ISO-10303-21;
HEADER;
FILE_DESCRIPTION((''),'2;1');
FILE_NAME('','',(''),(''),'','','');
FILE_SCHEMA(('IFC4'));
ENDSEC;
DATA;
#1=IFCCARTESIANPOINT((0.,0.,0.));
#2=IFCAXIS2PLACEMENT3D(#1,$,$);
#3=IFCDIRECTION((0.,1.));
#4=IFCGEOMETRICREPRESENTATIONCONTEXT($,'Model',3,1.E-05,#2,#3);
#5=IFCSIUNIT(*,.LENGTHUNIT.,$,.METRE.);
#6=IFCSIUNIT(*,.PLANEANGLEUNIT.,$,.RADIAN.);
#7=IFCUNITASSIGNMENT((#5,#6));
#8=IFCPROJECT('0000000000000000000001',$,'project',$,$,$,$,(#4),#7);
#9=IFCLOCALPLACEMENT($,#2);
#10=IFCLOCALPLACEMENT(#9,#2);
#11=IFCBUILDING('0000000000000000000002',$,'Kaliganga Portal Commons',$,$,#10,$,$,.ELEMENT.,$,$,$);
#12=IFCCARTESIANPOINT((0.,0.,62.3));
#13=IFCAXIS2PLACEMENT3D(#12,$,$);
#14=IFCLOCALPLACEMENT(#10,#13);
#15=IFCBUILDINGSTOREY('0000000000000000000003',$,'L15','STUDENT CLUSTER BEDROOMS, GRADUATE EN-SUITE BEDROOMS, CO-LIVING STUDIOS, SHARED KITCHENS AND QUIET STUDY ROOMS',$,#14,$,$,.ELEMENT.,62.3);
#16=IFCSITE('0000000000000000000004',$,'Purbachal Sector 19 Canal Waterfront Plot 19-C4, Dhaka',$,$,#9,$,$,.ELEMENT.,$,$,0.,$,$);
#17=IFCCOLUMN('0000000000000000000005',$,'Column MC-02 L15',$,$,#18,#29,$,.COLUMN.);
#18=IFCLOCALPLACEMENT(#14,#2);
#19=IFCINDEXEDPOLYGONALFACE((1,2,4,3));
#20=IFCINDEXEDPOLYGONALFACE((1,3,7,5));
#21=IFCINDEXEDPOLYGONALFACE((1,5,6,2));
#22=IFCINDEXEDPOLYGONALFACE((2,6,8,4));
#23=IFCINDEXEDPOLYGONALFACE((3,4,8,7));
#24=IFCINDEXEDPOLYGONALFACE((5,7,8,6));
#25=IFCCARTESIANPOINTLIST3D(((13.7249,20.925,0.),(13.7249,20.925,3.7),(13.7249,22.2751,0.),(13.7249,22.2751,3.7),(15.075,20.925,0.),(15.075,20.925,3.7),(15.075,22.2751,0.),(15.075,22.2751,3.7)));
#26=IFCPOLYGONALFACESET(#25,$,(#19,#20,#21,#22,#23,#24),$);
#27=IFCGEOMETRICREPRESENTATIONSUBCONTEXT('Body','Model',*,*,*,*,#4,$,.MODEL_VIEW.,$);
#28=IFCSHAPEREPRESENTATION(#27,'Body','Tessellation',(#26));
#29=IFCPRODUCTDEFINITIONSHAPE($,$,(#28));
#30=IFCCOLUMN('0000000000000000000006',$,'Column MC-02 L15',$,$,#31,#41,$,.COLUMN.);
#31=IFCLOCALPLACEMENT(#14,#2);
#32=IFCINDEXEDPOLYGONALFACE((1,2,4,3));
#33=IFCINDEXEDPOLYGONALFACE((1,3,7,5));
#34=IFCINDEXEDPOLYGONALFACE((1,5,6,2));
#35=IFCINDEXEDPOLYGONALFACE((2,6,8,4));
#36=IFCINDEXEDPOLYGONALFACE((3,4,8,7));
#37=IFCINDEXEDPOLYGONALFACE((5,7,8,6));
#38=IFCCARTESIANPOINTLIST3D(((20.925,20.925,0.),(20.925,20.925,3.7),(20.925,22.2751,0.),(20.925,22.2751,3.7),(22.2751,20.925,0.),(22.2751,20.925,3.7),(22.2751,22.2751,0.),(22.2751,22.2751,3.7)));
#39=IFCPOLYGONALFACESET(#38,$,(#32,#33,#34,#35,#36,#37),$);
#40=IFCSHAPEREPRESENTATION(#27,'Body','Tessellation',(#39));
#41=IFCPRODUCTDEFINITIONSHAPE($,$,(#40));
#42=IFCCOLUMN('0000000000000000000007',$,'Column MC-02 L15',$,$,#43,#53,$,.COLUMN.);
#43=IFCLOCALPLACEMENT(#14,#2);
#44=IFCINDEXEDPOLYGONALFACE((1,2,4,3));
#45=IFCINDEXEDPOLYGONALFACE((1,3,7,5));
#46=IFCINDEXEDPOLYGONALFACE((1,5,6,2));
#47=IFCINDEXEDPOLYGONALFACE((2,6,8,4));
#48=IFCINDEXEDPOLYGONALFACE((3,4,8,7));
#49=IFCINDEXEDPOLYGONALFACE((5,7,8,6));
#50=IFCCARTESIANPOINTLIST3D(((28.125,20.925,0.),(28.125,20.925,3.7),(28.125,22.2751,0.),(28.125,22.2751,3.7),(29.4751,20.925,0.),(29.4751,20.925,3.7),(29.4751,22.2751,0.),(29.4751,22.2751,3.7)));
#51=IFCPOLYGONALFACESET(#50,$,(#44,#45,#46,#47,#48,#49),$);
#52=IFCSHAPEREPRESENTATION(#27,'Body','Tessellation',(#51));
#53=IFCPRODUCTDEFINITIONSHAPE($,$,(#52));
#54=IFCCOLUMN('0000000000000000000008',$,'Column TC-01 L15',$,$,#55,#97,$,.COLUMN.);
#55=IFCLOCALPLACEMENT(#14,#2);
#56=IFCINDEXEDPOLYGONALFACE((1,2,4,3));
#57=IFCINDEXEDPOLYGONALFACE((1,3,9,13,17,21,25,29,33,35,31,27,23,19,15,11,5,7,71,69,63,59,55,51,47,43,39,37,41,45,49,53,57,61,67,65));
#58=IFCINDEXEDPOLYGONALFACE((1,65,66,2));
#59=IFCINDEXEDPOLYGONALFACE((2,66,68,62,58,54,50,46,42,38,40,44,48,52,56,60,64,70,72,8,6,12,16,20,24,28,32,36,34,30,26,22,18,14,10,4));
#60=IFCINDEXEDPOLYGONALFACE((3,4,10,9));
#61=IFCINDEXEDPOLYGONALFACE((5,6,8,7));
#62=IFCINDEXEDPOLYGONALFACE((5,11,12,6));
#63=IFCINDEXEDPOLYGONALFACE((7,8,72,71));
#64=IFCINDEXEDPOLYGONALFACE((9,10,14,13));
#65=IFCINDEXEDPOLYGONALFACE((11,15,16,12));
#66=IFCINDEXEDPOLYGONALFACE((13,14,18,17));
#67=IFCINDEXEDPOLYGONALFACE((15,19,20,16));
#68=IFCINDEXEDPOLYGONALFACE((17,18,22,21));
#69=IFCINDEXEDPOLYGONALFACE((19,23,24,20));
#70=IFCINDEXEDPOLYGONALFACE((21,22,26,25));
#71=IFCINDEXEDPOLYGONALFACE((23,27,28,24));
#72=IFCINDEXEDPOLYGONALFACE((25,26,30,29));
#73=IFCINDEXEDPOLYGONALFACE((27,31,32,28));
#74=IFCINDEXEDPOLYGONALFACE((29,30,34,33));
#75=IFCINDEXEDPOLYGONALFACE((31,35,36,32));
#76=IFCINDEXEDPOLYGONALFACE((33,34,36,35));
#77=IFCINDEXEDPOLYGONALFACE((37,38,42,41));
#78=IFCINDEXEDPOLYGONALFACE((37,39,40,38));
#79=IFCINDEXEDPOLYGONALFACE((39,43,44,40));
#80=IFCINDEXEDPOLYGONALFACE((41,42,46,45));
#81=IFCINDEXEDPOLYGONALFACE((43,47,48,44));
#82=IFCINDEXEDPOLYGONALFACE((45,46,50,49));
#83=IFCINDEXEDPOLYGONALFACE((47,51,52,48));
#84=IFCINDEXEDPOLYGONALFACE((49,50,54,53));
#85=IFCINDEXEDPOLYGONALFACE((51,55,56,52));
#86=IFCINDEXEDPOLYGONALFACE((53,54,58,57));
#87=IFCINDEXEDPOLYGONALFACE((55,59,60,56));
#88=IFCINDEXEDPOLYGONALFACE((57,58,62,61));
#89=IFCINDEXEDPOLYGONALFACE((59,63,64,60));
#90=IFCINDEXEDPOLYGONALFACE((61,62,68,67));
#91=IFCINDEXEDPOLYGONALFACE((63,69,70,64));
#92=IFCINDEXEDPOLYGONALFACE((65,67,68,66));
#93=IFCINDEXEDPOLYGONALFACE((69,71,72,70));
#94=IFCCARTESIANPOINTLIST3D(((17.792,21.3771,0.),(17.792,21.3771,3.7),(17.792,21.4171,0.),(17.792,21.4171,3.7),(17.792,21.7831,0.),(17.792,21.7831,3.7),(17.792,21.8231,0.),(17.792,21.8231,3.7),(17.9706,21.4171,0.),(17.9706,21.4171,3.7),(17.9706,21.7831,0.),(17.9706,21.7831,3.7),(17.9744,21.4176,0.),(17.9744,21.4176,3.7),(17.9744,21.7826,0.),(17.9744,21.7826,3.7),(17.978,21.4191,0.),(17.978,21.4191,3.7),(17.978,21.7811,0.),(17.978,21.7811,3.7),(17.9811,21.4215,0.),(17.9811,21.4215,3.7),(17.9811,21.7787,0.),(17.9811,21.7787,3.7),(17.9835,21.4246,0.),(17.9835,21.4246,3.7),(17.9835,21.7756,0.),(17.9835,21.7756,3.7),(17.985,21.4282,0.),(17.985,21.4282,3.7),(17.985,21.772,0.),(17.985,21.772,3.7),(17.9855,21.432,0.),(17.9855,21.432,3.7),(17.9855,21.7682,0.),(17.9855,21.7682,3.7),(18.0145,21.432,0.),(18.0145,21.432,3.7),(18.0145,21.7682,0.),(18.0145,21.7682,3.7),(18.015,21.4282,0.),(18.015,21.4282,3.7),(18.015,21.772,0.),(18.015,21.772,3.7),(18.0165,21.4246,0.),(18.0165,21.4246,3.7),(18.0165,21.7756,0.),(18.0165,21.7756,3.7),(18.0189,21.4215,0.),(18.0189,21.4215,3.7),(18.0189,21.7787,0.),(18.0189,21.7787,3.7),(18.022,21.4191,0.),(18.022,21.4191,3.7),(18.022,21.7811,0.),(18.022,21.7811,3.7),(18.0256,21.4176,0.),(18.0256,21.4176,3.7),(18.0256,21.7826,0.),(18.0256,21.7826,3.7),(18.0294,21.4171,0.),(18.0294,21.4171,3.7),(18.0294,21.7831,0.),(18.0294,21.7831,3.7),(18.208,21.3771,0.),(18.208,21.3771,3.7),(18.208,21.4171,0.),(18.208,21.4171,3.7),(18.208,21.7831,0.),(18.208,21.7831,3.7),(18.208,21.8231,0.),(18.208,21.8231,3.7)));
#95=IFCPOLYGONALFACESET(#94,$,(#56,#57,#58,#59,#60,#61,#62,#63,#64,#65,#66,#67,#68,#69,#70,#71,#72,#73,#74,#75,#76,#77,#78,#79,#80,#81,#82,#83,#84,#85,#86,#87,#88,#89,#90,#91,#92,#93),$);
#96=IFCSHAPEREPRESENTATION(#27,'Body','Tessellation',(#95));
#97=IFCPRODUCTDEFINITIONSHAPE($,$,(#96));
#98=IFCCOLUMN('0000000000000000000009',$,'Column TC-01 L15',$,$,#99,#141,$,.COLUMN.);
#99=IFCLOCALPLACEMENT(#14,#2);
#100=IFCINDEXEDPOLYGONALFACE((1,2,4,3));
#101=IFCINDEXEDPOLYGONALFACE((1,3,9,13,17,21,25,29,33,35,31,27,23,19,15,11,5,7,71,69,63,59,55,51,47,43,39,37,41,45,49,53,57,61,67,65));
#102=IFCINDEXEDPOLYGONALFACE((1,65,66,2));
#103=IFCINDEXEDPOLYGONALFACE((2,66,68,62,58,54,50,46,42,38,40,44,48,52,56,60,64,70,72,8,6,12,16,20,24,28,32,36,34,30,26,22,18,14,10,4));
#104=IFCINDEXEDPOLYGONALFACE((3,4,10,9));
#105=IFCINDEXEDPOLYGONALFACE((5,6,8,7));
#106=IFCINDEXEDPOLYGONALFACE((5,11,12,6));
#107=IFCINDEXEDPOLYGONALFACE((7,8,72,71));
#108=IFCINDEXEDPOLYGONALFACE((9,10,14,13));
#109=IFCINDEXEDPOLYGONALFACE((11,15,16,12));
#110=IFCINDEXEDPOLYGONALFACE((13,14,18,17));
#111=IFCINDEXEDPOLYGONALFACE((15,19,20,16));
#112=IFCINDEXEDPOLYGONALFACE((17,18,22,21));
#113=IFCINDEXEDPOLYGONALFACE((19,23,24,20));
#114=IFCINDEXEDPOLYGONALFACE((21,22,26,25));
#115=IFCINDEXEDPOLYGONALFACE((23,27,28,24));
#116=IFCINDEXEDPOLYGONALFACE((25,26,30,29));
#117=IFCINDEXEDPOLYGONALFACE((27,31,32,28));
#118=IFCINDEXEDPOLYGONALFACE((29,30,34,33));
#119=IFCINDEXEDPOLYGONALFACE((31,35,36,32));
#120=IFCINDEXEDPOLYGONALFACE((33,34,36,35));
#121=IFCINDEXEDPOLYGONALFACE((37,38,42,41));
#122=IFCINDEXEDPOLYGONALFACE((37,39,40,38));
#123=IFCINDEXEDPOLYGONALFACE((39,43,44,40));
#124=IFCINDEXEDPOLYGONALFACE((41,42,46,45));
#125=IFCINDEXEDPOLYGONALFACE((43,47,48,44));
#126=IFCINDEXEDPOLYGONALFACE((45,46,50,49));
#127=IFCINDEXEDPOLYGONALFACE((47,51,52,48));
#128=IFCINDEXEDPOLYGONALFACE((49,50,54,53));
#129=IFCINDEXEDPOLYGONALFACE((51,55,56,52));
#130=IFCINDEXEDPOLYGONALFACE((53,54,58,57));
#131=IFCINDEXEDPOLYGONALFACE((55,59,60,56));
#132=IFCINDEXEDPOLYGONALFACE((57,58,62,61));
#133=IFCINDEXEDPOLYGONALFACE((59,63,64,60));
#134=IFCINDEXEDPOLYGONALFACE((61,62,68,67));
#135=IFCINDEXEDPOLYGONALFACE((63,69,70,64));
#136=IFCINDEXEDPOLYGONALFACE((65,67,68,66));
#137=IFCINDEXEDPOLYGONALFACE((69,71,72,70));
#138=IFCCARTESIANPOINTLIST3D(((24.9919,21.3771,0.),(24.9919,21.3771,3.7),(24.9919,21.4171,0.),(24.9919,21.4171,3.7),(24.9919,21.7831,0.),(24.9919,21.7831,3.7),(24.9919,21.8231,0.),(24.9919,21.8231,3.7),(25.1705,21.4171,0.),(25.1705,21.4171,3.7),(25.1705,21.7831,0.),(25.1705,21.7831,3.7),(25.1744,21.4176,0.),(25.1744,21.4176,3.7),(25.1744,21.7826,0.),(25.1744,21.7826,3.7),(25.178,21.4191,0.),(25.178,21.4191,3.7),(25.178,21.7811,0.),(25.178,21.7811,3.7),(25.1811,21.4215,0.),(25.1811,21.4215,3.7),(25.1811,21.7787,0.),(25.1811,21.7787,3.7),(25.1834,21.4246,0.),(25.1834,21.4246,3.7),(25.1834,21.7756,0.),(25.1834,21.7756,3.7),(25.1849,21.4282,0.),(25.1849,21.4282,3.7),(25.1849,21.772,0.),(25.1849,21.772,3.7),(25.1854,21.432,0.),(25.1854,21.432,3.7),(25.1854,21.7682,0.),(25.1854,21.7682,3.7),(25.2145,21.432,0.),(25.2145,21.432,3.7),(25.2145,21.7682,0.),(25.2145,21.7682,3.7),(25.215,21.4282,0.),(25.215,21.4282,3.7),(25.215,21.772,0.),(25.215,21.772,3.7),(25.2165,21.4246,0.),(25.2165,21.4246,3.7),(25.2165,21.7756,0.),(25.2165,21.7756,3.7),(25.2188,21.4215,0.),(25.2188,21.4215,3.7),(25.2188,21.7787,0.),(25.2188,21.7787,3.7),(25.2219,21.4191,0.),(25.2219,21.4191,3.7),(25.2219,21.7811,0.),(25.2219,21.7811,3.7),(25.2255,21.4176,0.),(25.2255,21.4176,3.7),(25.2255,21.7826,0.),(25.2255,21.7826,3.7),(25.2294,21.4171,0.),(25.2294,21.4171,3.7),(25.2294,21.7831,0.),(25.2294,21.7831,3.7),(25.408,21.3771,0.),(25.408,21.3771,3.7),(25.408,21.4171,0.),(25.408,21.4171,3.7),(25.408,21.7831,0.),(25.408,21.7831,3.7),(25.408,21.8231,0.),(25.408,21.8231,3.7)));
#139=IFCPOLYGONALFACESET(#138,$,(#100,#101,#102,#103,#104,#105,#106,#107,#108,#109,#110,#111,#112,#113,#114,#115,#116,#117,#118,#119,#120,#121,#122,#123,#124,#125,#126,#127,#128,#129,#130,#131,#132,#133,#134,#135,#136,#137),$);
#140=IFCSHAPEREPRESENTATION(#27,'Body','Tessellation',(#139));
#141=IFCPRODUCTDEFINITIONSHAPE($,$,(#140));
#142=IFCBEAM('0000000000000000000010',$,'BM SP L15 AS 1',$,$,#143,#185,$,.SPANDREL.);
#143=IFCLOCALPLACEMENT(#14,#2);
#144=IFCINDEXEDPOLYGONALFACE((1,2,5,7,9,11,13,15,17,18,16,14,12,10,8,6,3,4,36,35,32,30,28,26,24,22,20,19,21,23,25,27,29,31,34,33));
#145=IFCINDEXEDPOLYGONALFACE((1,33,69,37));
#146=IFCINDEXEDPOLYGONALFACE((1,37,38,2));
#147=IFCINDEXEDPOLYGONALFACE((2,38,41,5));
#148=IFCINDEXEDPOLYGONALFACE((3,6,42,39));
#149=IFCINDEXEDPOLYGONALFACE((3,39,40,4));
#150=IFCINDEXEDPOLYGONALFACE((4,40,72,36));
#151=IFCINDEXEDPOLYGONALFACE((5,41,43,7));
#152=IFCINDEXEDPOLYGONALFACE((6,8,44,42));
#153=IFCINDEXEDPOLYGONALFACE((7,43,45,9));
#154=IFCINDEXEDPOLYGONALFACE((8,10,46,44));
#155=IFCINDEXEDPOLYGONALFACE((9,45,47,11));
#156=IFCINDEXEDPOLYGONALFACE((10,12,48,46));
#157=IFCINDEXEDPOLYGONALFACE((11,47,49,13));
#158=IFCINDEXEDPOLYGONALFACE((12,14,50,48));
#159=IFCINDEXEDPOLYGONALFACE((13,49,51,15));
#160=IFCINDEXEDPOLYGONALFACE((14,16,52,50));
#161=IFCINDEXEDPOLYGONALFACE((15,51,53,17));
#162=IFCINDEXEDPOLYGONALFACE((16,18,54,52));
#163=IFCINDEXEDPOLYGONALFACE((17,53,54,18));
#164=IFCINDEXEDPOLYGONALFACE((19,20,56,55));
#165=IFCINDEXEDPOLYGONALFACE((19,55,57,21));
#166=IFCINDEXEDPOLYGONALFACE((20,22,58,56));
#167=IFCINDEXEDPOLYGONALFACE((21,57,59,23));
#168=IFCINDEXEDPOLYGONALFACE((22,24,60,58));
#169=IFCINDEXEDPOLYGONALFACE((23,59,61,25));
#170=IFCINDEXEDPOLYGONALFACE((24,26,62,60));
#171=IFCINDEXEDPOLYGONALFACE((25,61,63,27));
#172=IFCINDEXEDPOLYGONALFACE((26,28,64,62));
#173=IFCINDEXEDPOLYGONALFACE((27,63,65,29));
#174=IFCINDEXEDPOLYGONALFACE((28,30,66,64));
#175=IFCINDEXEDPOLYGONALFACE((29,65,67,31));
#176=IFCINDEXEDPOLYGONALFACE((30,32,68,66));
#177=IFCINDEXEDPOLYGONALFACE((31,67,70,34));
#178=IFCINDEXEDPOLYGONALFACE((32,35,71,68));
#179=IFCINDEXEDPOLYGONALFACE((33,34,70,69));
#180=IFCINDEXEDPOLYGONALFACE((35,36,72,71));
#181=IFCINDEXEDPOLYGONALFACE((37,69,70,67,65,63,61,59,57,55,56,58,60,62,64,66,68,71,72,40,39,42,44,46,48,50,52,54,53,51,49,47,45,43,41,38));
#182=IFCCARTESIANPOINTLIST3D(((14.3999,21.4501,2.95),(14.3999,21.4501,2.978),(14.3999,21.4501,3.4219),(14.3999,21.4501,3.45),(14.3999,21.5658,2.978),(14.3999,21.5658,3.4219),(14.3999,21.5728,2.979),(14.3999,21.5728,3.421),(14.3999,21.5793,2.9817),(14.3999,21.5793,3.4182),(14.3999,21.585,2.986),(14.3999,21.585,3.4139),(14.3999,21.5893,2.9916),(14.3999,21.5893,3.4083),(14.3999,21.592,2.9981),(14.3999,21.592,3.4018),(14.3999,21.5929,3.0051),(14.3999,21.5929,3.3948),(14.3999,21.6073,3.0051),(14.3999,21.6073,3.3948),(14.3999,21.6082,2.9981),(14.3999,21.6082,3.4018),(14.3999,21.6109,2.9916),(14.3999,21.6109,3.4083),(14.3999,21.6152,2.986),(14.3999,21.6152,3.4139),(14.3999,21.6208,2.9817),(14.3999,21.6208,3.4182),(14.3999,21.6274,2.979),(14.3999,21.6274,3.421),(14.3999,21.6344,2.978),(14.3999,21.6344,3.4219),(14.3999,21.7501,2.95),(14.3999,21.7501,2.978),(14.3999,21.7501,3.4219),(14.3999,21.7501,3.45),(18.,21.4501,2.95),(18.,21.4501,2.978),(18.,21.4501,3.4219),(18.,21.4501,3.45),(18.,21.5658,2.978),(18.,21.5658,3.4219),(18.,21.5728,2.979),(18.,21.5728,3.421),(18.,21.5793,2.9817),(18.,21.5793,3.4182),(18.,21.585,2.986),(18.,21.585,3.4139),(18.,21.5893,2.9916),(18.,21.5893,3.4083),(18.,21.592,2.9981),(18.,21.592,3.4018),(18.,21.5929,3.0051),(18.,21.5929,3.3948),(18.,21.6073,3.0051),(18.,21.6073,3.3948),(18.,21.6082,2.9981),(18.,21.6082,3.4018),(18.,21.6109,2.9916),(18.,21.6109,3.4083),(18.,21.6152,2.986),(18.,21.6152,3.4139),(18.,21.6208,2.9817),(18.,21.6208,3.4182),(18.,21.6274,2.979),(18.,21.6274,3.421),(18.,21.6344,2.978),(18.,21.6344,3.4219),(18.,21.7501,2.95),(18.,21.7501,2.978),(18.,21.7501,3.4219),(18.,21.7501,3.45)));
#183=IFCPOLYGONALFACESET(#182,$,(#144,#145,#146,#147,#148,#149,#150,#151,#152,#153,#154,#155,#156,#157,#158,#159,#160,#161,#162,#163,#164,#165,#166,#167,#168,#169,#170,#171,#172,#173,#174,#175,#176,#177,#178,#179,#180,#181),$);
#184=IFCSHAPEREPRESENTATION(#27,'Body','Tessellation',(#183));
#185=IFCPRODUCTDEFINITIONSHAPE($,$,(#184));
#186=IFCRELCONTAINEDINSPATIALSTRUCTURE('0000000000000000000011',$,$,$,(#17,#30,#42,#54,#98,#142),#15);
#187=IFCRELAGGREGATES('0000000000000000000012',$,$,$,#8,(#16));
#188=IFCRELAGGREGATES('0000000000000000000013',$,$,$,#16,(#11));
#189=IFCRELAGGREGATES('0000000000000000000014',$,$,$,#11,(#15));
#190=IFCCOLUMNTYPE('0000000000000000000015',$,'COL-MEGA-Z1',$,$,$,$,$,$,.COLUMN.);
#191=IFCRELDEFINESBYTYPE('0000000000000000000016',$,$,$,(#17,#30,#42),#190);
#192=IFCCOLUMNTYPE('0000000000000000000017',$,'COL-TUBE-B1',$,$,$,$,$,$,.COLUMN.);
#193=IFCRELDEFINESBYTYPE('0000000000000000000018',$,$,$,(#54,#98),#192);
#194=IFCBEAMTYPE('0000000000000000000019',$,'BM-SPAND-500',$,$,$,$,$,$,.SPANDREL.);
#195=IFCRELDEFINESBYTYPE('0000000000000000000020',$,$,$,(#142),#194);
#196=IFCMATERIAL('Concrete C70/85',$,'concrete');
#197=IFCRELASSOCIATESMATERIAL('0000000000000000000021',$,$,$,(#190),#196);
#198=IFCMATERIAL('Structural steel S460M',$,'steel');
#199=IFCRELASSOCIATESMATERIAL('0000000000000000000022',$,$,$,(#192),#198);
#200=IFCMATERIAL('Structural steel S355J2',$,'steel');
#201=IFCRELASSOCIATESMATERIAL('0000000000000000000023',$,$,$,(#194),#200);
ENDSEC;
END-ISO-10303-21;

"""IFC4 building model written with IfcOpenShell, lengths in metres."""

from ifc_helpers import new_model, si_unit, direction, frame, origin, origin_2d, place, context, subcontext, project, spatial, rectangle, i_section, extrude, source, transform, mapped, material, material_profile, profile_set, type_object, element, save


model = new_model("IFC4")

# Units and contexts
model_context = context("Model", 3, precision=1e-05, world=origin(), true_north=direction((0.0, 1.0)))
body_context = subcontext(model_context, "Body", "Model", "MODEL_VIEW")
ifc_project = project(units=[si_unit("LENGTHUNIT", "METRE"), si_unit("PLANEANGLEUNIT", "RADIAN")], contexts=[model_context])

# Site, building, storey
site_placement = place(None, origin())
site = spatial("IfcSite", under=ifc_project, at=site_placement, Name="Purbachal Sector 19 Canal Waterfront Plot 19-C4, Dhaka", CompositionType="ELEMENT", RefElevation=0.0)
building_placement = place(site_placement, origin())
building = spatial("IfcBuilding", under=site, at=building_placement, Name="Kaliganga Portal Commons", CompositionType="ELEMENT")
storey_placement = place(building_placement, frame((0.0, 0.0, 62.3)))
storey = spatial("IfcBuildingStorey", under=building, at=storey_placement, Name="L15", Description="STUDENT CLUSTER BEDROOMS, GRADUATE EN-SUITE BEDROOMS, CO-LIVING STUDIOS, SHARED KITCHENS AND QUIET STUDY ROOMS", CompositionType="ELEMENT", Elevation=62.3)

# Columns
ifc_material_1 = material(Name="Concrete C70/85", Category="concrete")
ifc_material_profile_1 = material_profile(ifc_material_1, rectangle(XDim=1.3501, YDim=1.3501, at=origin_2d()), Name="RC 1350x1350")
ifc_profile_set_1 = profile_set([ifc_material_profile_1], Name="Concrete C70/85")
column_type_1 = type_object("IfcColumnType", Name="COL-MEGA-Z1", PredefinedType="COLUMN", material=ifc_profile_set_1)
shared_shape_1 = source(origin(), body_context, "Body", "SweptSolid", [
    extrude(rectangle(XDim=1.3501, YDim=1.3501, at=origin_2d()), origin(), (0.0, 0.0, 1.0), 3.7),
])
for number, where, z_axis, x_axis, name in (
    (1, (14.3999, 21.6001, 0.0), (0.0, 0.0, 1.0), (1.0, 0.0, 0.0), "Column MC-02 L15"),
    (2, (21.6001, 21.6001, 0.0), (0.0, 0.0, 1.0), (1.0, 0.0, 0.0), "Column MC-02 L15"),
    (3, (28.8, 21.6001, 0.0), (0.0, 0.0, 1.0), (1.0, 0.0, 0.0), "Column MC-02 L15"),
):
    element("IfcColumn", number, at=place(storey_placement, frame(where, z_axis=z_axis, x_axis=x_axis)), inside=storey, type_object=column_type_1, Name=name, PredefinedType="COLUMN", context=body_context, shape_type="MappedRepresentation", body=[
        mapped(shared_shape_1, transform((0.0, 0.0, 0.0), x_axis=(1.0, 0.0, 0.0), y_axis=(0.0, 1.0, 0.0), z_axis=(0.0, 0.0, 1.0), scale=1.0)),
    ])
ifc_material_2 = material(Name="Structural steel S460M", Category="steel")
ifc_material_profile_2 = material_profile(ifc_material_2, i_section(OverallWidth=0.416, OverallDepth=0.446, WebThickness=0.0291, FlangeThickness=0.04, FilletRadius=0.0149, at=origin_2d()), Name="HD 400x509")
ifc_profile_set_2 = profile_set([ifc_material_profile_2], Name="Structural steel S460M wide-flange")
column_type_2 = type_object("IfcColumnType", Name="COL-TUBE-B1", PredefinedType="COLUMN", material=ifc_profile_set_2)
shared_shape_2 = source(origin(), body_context, "Body", "SweptSolid", [
    extrude(i_section(OverallWidth=0.416, OverallDepth=0.446, WebThickness=0.0291, FlangeThickness=0.04, FilletRadius=0.0149, at=origin_2d()), origin(), (0.0, 0.0, 1.0), 3.7),
])
for number, where, z_axis, x_axis, name in (
    (4, (18.0, 21.6001, 0.0), (0.0, 0.0, 1.0), (1.0, 0.0, 0.0), "Column TC-01 L15"),
    (5, (25.2, 21.6001, 0.0), (0.0, 0.0, 1.0), (1.0, 0.0, 0.0), "Column TC-01 L15"),
):
    element("IfcColumn", number, at=place(storey_placement, frame(where, z_axis=z_axis, x_axis=x_axis)), inside=storey, type_object=column_type_2, Name=name, PredefinedType="COLUMN", context=body_context, shape_type="MappedRepresentation", body=[
        mapped(shared_shape_2, transform((0.0, 0.0, 0.0), x_axis=(1.0, 0.0, 0.0), y_axis=(0.0, 1.0, 0.0), z_axis=(0.0, 0.0, 1.0), scale=1.0)),
    ])

# Beam
ifc_material_3 = material(Name="Structural steel S355J2", Category="steel")
ifc_material_profile_3 = material_profile(ifc_material_3, i_section(OverallWidth=0.3, OverallDepth=0.5, WebThickness=0.0144, FlangeThickness=0.0281, FilletRadius=0.0271, at=origin_2d()), Name="HE 500 B")
ifc_profile_set_3 = profile_set([ifc_material_profile_3], Name="Structural steel S355J2 wide-flange")
beam_type_1 = type_object("IfcBeamType", Name="BM-SPAND-500", PredefinedType="SPANDREL", material=ifc_profile_set_3)
shared_shape_3 = source(origin(), body_context, "Body", "SweptSolid", [
    extrude(i_section(OverallWidth=0.3, OverallDepth=0.5, WebThickness=0.0144, FlangeThickness=0.0281, FilletRadius=0.0271, at=origin_2d()), origin(), (0.0, 0.0, 1.0), 3.6001),
])
for number, where, z_axis, x_axis, name in (
    (6, (14.3999, 21.6001, 3.2), (1.0, 0.0, 0.0), (0.0, 1.0, 0.0), "BM SP L15 AS 1"),
):
    element("IfcBeam", number, at=place(storey_placement, frame(where, z_axis=z_axis, x_axis=x_axis)), inside=storey, type_object=beam_type_1, Name=name, PredefinedType="SPANDREL", context=body_context, shape_type="MappedRepresentation", body=[
        mapped(shared_shape_3, transform((0.0, 0.0, 0.0), x_axis=(1.0, 0.0, 0.0), y_axis=(0.0, 1.0, 0.0), z_axis=(0.0, 0.0, 1.0), scale=1.0)),
    ])

save(model, "model.ifc")
